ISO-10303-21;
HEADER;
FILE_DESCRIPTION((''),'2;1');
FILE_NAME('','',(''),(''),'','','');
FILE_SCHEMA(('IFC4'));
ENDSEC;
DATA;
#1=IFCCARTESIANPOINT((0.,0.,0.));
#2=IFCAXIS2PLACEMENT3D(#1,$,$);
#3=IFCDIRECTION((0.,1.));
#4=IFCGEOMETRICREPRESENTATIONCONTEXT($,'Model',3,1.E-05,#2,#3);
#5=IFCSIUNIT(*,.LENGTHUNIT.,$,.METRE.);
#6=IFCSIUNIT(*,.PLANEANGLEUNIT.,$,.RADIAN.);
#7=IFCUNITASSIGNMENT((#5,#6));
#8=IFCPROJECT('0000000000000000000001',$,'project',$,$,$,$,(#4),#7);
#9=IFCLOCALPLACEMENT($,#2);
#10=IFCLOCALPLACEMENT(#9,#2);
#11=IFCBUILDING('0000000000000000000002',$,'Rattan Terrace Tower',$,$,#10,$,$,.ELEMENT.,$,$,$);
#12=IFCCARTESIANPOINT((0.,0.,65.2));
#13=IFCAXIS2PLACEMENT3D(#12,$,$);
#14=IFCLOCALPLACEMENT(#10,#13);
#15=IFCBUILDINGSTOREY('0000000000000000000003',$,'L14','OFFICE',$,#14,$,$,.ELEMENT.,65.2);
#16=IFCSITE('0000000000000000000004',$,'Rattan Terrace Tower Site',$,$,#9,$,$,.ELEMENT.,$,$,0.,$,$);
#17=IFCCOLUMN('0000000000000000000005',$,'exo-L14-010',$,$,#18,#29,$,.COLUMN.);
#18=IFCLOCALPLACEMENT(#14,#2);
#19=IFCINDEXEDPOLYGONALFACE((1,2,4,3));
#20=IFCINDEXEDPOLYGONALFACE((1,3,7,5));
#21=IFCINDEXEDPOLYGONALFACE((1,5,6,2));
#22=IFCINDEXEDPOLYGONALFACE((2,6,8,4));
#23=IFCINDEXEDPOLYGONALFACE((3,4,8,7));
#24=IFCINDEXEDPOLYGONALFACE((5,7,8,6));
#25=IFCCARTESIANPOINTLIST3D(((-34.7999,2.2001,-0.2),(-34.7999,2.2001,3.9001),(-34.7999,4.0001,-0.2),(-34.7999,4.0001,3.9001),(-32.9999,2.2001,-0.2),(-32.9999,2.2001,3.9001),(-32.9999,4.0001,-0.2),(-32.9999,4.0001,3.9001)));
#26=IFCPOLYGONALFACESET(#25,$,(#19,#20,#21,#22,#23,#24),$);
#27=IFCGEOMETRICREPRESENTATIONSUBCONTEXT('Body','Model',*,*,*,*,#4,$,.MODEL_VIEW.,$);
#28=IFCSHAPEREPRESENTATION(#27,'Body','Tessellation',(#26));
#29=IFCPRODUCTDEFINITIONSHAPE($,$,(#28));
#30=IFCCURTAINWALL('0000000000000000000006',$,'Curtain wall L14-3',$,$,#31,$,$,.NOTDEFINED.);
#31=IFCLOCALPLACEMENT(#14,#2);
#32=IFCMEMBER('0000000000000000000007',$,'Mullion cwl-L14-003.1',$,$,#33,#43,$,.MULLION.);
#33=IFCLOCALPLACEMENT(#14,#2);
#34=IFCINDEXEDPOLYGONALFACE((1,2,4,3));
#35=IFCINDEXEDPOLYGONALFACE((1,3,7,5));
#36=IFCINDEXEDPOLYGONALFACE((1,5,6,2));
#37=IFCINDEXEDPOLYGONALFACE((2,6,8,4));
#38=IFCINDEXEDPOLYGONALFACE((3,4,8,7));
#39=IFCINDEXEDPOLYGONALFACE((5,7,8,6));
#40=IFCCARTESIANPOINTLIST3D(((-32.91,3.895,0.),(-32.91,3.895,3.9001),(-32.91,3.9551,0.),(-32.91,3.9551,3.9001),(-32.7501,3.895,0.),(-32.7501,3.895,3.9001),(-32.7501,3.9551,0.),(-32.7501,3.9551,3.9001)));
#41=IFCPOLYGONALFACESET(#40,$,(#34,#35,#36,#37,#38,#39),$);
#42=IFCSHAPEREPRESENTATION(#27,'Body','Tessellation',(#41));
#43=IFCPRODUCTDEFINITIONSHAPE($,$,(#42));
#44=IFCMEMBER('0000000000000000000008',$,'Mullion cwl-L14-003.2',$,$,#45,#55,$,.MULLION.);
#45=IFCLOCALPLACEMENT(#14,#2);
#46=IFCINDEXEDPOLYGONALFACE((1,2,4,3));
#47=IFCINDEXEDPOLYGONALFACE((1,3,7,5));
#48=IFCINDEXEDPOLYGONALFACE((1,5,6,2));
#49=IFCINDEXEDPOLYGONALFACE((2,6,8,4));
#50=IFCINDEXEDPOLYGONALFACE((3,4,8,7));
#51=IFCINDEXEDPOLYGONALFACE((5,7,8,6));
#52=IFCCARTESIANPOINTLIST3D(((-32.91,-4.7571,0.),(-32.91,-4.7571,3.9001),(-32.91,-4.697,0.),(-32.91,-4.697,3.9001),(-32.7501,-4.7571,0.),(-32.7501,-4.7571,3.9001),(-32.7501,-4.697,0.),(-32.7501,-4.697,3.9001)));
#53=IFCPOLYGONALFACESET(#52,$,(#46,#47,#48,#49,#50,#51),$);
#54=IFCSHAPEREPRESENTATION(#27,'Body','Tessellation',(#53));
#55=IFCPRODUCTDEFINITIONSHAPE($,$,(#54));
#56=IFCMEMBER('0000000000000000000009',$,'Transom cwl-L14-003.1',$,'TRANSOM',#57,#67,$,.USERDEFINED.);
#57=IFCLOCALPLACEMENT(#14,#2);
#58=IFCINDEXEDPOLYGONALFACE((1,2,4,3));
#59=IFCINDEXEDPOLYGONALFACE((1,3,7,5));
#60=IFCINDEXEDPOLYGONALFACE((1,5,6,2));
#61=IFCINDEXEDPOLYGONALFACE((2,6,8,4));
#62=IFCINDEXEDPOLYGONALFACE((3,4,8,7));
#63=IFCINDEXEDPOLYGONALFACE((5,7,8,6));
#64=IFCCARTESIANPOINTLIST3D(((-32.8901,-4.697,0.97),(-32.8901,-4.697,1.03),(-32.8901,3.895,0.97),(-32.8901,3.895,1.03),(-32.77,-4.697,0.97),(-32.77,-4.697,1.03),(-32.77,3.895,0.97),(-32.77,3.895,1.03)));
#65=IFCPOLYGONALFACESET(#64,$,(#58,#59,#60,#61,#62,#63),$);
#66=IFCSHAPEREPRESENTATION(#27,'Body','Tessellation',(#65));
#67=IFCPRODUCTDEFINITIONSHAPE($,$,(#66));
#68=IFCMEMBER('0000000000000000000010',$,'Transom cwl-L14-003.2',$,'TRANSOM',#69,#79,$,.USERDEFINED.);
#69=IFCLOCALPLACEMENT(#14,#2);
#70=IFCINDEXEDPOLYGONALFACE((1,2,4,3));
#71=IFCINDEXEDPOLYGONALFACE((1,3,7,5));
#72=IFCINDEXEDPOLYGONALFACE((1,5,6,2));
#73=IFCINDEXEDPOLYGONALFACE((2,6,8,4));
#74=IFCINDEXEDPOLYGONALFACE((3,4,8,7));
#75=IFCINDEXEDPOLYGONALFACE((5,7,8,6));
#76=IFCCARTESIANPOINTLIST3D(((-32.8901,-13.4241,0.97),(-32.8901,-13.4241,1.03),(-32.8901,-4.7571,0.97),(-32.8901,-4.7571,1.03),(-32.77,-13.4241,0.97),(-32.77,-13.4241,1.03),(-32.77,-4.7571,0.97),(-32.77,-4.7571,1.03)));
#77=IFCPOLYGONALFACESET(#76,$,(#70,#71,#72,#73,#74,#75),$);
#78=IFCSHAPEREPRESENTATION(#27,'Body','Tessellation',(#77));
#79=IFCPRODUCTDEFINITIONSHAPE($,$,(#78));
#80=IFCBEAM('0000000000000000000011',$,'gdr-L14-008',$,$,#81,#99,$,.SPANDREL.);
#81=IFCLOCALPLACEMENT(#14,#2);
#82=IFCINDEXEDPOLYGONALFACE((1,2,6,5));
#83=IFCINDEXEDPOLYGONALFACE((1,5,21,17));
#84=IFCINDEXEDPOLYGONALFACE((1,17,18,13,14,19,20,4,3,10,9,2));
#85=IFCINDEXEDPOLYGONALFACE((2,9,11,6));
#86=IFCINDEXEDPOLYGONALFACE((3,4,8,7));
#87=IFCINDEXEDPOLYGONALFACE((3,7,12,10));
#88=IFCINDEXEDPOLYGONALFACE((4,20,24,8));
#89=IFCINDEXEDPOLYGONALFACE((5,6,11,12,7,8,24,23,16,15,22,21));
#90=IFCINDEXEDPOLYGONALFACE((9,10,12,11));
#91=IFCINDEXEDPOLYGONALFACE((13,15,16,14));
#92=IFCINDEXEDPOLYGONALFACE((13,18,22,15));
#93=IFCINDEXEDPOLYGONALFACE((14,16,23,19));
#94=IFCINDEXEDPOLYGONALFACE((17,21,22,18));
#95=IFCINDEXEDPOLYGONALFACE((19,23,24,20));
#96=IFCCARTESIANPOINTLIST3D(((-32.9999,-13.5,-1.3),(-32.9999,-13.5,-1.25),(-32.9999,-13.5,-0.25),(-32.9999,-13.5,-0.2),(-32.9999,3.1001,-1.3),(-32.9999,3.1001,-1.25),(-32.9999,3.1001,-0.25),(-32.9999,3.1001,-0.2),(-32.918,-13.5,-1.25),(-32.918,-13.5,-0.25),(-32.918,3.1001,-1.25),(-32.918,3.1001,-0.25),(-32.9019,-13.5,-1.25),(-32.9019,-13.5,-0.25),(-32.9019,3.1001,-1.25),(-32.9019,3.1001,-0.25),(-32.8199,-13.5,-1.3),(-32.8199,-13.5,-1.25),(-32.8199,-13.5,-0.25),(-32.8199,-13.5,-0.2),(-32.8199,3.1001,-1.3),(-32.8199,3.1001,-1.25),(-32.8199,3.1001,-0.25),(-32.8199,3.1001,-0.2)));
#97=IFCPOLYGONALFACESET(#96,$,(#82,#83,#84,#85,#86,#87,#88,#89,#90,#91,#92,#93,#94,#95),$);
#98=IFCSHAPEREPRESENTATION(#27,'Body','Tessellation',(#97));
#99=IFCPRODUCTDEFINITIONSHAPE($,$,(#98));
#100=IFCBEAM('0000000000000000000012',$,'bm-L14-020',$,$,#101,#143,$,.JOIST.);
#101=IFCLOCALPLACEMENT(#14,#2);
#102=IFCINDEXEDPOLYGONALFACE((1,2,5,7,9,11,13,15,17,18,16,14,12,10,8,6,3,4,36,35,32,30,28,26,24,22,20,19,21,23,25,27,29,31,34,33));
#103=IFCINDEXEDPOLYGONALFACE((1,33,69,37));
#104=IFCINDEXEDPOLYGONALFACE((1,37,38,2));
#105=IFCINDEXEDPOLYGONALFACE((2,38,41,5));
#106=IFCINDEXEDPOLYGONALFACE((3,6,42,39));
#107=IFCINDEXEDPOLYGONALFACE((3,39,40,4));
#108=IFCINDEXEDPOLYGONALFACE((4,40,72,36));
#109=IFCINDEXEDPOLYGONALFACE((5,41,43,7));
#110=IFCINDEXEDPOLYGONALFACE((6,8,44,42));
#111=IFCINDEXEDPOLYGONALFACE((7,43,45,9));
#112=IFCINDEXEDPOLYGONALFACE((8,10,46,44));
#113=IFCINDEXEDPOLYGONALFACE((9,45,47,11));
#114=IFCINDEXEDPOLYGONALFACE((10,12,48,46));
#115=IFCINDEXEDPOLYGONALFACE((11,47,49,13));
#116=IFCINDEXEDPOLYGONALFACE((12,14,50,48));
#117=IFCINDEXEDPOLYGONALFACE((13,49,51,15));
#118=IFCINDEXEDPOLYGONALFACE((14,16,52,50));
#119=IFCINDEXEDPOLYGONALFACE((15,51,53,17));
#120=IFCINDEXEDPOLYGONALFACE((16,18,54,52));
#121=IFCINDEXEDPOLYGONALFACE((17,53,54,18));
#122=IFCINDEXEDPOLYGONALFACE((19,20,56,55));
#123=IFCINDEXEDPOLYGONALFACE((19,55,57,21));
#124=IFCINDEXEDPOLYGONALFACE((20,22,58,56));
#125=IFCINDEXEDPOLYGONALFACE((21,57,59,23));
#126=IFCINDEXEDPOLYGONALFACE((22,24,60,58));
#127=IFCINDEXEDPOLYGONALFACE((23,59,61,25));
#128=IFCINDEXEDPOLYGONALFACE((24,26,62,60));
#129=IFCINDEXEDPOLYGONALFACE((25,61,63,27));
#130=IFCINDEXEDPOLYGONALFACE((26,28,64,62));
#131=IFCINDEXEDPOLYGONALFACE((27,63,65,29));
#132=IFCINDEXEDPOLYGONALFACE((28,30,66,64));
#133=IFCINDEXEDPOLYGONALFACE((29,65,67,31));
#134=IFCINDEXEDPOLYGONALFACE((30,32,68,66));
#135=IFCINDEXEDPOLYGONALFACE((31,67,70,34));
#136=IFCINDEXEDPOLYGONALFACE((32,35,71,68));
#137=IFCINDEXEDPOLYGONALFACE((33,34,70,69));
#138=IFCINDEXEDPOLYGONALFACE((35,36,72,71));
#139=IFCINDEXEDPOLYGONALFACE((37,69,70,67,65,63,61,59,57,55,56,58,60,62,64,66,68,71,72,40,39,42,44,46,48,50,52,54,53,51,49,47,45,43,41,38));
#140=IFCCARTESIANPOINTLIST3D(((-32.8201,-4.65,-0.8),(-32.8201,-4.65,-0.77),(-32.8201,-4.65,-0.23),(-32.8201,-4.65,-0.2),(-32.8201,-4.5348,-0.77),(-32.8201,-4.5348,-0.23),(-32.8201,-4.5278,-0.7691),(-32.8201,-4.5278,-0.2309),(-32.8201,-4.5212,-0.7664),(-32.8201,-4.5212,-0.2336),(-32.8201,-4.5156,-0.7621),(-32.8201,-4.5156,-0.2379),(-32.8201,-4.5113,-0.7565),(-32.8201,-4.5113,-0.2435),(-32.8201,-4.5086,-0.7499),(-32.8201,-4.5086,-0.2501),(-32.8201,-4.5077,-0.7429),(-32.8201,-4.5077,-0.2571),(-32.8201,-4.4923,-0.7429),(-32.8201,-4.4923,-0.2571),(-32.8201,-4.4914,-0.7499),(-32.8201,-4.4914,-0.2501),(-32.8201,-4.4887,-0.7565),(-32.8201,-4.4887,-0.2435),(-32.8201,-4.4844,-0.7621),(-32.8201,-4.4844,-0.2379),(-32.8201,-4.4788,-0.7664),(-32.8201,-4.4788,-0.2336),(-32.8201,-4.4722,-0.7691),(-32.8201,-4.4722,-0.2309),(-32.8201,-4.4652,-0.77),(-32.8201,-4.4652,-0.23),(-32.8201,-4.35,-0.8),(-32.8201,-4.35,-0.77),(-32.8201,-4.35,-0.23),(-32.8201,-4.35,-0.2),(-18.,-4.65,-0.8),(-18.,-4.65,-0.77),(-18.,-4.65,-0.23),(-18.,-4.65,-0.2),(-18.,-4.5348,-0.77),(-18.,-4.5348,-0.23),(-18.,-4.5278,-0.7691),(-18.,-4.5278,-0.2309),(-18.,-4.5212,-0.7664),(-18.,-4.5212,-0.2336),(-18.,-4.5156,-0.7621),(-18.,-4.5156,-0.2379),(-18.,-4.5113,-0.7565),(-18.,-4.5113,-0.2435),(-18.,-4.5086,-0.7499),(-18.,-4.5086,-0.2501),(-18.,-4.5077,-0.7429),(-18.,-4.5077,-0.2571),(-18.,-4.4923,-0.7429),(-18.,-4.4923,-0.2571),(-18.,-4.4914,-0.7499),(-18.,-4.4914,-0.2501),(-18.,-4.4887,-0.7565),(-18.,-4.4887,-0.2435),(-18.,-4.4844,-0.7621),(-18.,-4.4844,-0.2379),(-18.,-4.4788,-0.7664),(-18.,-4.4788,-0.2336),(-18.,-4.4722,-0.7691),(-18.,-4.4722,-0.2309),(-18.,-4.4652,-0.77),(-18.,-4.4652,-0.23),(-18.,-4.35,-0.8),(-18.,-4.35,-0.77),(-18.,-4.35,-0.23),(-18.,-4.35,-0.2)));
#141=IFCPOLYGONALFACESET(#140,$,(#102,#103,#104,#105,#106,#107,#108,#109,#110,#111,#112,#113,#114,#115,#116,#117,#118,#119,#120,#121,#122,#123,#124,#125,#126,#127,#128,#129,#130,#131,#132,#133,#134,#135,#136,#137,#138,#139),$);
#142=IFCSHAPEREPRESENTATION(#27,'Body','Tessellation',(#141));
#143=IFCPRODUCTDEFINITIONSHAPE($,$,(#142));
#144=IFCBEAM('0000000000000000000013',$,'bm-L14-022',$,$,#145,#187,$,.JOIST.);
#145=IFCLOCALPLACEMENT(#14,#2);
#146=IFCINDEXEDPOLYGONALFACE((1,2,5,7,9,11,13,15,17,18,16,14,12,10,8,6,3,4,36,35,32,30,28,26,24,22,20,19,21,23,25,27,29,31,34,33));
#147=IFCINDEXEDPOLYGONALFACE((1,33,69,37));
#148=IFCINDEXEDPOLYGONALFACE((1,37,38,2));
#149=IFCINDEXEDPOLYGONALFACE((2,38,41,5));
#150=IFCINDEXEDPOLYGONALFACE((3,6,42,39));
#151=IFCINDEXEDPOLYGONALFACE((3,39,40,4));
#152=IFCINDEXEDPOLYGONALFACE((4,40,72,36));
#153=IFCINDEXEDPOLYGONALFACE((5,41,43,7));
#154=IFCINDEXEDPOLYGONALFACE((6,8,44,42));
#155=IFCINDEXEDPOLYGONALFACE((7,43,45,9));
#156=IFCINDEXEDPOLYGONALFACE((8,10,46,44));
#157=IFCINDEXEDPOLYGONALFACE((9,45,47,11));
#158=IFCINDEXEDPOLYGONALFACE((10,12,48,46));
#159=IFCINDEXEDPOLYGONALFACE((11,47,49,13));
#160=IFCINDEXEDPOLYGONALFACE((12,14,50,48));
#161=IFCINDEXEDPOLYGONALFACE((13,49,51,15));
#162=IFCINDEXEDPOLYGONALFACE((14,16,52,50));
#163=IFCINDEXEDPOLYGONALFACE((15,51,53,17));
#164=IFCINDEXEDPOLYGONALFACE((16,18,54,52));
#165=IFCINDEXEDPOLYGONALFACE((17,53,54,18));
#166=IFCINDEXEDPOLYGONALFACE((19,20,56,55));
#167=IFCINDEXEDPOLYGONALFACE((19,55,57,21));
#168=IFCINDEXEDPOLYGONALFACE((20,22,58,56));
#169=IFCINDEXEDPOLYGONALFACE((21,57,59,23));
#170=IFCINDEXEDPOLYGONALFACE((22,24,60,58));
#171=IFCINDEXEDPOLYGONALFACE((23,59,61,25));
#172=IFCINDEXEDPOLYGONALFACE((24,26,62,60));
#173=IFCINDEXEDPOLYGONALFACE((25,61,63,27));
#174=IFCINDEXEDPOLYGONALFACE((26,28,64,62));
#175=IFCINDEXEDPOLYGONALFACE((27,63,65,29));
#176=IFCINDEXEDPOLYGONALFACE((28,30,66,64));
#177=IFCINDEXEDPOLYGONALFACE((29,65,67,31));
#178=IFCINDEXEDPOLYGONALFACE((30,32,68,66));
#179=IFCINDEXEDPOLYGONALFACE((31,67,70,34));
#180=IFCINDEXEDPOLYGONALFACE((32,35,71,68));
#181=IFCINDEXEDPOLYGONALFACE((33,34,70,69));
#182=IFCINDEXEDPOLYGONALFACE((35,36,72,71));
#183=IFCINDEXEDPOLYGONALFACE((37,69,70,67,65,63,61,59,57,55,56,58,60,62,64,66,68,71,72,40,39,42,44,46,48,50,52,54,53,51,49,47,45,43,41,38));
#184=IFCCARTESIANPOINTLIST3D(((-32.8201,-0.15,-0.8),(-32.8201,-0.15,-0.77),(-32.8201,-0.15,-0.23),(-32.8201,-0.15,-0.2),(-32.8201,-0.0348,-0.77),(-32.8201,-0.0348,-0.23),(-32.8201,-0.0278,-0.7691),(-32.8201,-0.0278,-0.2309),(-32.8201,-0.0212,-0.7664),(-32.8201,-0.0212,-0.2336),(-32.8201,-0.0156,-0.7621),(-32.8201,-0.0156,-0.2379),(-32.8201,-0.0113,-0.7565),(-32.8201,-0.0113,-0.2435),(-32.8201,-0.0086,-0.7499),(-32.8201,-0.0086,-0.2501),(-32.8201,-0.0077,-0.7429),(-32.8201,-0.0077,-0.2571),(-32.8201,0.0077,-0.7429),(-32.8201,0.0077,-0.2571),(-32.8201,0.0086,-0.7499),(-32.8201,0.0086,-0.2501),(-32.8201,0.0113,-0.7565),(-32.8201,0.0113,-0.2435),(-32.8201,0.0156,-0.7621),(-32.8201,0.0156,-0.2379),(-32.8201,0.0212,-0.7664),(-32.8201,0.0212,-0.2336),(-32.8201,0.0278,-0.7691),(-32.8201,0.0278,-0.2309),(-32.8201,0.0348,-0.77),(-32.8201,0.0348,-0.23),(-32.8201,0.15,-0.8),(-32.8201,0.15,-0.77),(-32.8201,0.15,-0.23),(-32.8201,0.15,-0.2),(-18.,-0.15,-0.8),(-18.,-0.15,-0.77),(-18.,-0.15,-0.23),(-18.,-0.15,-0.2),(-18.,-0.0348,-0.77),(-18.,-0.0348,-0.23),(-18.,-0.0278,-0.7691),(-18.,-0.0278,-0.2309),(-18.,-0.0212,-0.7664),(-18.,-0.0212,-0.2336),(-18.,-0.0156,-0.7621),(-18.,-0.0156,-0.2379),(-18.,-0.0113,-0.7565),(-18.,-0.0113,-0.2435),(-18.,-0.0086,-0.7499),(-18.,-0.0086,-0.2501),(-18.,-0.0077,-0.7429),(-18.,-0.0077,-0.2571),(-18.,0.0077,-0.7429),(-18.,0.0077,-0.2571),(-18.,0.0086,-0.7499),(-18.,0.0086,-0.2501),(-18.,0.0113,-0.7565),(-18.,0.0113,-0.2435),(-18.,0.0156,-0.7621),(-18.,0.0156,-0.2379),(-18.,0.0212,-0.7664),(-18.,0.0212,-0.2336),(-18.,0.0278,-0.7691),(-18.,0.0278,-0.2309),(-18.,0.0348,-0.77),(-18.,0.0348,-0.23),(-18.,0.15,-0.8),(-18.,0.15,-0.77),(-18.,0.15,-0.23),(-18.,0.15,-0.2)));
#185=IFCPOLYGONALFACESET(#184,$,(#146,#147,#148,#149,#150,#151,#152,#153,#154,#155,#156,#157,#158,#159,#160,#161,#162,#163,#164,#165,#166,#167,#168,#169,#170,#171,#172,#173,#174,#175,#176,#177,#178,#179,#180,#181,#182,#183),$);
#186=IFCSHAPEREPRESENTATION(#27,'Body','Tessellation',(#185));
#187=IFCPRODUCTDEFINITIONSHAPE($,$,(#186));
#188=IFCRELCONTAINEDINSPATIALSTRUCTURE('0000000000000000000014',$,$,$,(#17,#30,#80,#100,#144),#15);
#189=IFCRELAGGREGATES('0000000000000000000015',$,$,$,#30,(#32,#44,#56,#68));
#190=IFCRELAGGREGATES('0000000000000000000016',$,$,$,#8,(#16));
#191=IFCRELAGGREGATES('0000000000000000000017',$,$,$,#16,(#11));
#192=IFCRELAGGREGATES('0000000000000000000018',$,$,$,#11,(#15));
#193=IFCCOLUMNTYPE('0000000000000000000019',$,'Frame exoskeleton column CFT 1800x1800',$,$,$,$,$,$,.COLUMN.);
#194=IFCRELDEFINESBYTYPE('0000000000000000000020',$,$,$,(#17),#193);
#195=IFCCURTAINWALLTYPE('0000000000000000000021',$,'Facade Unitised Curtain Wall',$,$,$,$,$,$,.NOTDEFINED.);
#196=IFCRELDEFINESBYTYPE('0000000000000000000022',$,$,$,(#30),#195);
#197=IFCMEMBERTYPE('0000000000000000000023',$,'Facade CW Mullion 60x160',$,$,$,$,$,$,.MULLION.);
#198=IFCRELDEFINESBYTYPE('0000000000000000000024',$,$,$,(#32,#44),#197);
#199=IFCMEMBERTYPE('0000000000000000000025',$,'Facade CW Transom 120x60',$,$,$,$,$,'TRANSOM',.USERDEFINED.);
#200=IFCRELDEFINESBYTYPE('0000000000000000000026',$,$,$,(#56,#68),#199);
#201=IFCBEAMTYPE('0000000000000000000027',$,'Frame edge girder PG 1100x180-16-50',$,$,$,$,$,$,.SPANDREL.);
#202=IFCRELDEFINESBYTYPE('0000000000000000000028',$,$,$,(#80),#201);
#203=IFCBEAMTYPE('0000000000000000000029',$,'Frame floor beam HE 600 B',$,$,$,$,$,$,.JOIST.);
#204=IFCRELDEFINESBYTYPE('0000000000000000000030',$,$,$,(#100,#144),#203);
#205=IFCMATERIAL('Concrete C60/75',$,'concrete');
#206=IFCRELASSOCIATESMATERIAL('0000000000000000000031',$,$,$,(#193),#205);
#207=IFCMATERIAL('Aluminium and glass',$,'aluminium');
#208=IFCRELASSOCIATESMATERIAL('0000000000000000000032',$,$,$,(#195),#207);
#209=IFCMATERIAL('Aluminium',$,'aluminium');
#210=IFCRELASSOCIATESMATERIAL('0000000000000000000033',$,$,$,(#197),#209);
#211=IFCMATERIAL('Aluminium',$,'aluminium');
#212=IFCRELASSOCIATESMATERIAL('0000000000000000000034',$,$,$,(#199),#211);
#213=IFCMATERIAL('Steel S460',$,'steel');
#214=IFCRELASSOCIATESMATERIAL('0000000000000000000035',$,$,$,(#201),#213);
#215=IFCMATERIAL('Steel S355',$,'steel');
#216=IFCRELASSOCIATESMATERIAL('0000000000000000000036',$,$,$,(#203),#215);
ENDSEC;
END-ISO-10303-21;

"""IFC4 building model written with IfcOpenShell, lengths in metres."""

from ifc_helpers import new_model, si_unit, direction, frame, origin, origin_2d, place, context, subcontext, project, spatial, rectangle, i_section, extrude, material, material_profile, profile_set, type_object, element, aggregate, save


model = new_model("IFC4")

# Units and contexts
model_context = context("Model", 3, precision=1e-05, world=origin(), true_north=direction((0.0, 1.0)))
body_context = subcontext(model_context, "Body", "Model", "MODEL_VIEW")
ifc_project = project(units=[si_unit("LENGTHUNIT", "METRE"), si_unit("PLANEANGLEUNIT", "RADIAN")], contexts=[model_context])

# Site, building, storey
site_placement = place(None, origin())
site = spatial("IfcSite", under=ifc_project, at=site_placement, Name="Rattan Terrace Tower Site", CompositionType="ELEMENT", RefElevation=0.0)
building_placement = place(site_placement, origin())
building = spatial("IfcBuilding", under=site, at=building_placement, Name="Rattan Terrace Tower", CompositionType="ELEMENT")
storey_placement = place(building_placement, frame((0.0, 0.0, 65.2)))
storey = spatial("IfcBuildingStorey", under=building, at=storey_placement, Name="L14", Description="OFFICE", CompositionType="ELEMENT", Elevation=65.2)

# Column
ifc_material_1 = material(Name="Concrete C60/75", Category="concrete")
ifc_material_profile_1 = material_profile(ifc_material_1, rectangle(XDim=1.8, YDim=1.8, at=origin_2d()), Name="CFT 1800x1800")
ifc_profile_set_1 = profile_set([ifc_material_profile_1], Name="Concrete C60/75")
column_type = type_object("IfcColumnType", Name="Frame exoskeleton column CFT 1800x1800", PredefinedType="COLUMN", material=ifc_profile_set_1)
column_placement = place(storey_placement, frame((-33.8999, 3.1001, -0.2), z_axis=(0.0, 0.0, 1.0), x_axis=(0.0, 1.0, 0.0)))
element("IfcColumn", 1, at=column_placement, inside=storey, type_object=column_type, Name="exo-L14-010", PredefinedType="COLUMN", context=body_context, shape_type="SweptSolid", body=[
    extrude(rectangle(XDim=1.8, YDim=1.8, at=origin_2d()), origin(), (0.0, 0.0, 1.0), 4.1001),
])

# Curtain wall, members
ifc_material_2 = material(Name="Aluminium and glass", Category="aluminium")
curtain_wall_type = type_object("IfcCurtainWallType", Name="Facade Unitised Curtain Wall", PredefinedType="NOTDEFINED", material=ifc_material_2)
curtain_wall_placement = place(storey_placement, origin())
curtain_wall = element("IfcCurtainWall", 2, at=curtain_wall_placement, inside=storey, type_object=curtain_wall_type, Name="Curtain wall L14-3", PredefinedType="NOTDEFINED")
ifc_material_3 = material(Name="Aluminium", Category="aluminium")
ifc_material_profile_2 = material_profile(ifc_material_3, rectangle(XDim=0.0601, YDim=0.1599, at=origin_2d()), Name="Aluminium 60x160")
ifc_profile_set_2 = profile_set([ifc_material_profile_2], Name="Aluminium")
member_type_1 = type_object("IfcMemberType", Name="Facade CW Mullion 60x160", PredefinedType="MULLION", material=ifc_profile_set_2)
member_1_placement = place(storey_placement, frame((-32.8301, 3.925, 0.0), z_axis=(0.0, 0.0, 1.0), x_axis=(0.0, -1.0, 0.0)))
member_1 = element("IfcMember", 3, at=member_1_placement, type_object=member_type_1, Name="Mullion cwl-L14-003.1", PredefinedType="MULLION", context=body_context, shape_type="SweptSolid", body=[
    extrude(rectangle(XDim=0.0601, YDim=0.1599, at=origin_2d()), origin(), (0.0, 0.0, 1.0), 3.9001),
])
member_2_placement = place(storey_placement, frame((-32.8301, -4.7271, 0.0), z_axis=(0.0, 0.0, 1.0), x_axis=(0.0, -1.0, 0.0)))
member_2 = element("IfcMember", 4, at=member_2_placement, type_object=member_type_1, Name="Mullion cwl-L14-003.2", PredefinedType="MULLION", context=body_context, shape_type="SweptSolid", body=[
    extrude(rectangle(XDim=0.0601, YDim=0.1599, at=origin_2d()), origin(), (0.0, 0.0, 1.0), 3.9001),
])
ifc_material_4 = material(Name="Aluminium", Category="aluminium")
ifc_material_profile_3 = material_profile(ifc_material_4, rectangle(XDim=0.1201, YDim=0.0601, at=origin_2d()), Name="Aluminium 120x60")
ifc_profile_set_3 = profile_set([ifc_material_profile_3], Name="Aluminium")
member_type_2 = type_object("IfcMemberType", Name="Facade CW Transom 120x60", ElementType="TRANSOM", PredefinedType="USERDEFINED", material=ifc_profile_set_3)
member_3_placement = place(storey_placement, frame((-32.8301, 3.895, 1.0), z_axis=(0.0, -1.0, 0.0), x_axis=(1.0, 0.0, 0.0)))
member_3 = element("IfcMember", 5, at=member_3_placement, type_object=member_type_2, Name="Transom cwl-L14-003.1", ObjectType="TRANSOM", PredefinedType="USERDEFINED", context=body_context, shape_type="SweptSolid", body=[
    extrude(rectangle(XDim=0.1201, YDim=0.0601, at=origin_2d()), origin(), (0.0, 0.0, 1.0), 8.592),
])
member_4_placement = place(storey_placement, frame((-32.8301, -4.7571, 1.0), z_axis=(0.0, -1.0, 0.0), x_axis=(1.0, 0.0, 0.0)))
member_4 = element("IfcMember", 6, at=member_4_placement, type_object=member_type_2, Name="Transom cwl-L14-003.2", ObjectType="TRANSOM", PredefinedType="USERDEFINED", context=body_context, shape_type="SweptSolid", body=[
    extrude(rectangle(XDim=0.1201, YDim=0.0601, at=origin_2d()), origin(), (0.0, 0.0, 1.0), 8.667),
])

# Beams
ifc_material_5 = material(Name="Steel S460", Category="steel")
ifc_material_profile_4 = material_profile(ifc_material_5, i_section(OverallWidth=0.1799, OverallDepth=1.1001, WebThickness=0.0161, FlangeThickness=0.05, at=origin_2d()), Name="PG 1100x180-16-50")
ifc_profile_set_4 = profile_set([ifc_material_profile_4], Name="Steel S460")
beam_type_1 = type_object("IfcBeamType", Name="Frame edge girder PG 1100x180-16-50", PredefinedType="SPANDREL", material=ifc_profile_set_4)
beam_placement = place(storey_placement, frame((-32.9099, 3.1001, -0.75), z_axis=(0.0, -1.0, 0.0), x_axis=(1.0, 0.0, 0.0)))
element("IfcBeam", 7, at=beam_placement, inside=storey, type_object=beam_type_1, Name="gdr-L14-008", PredefinedType="SPANDREL", context=body_context, shape_type="SweptSolid", body=[
    extrude(i_section(OverallWidth=0.1799, OverallDepth=1.1001, WebThickness=0.0161, FlangeThickness=0.05, at=origin_2d()), origin(), (0.0, 0.0, 1.0), 16.6001),
])
ifc_material_6 = material(Name="Steel S355", Category="steel")
ifc_material_profile_5 = material_profile(ifc_material_6, i_section(OverallWidth=0.3, OverallDepth=0.6001, WebThickness=0.0154, FlangeThickness=0.03, FilletRadius=0.0271, at=origin_2d()), Name="HE 600 B")
ifc_profile_set_5 = profile_set([ifc_material_profile_5], Name="Steel S355")
beam_type_2 = type_object("IfcBeamType", Name="Frame floor beam HE 600 B", PredefinedType="JOIST", material=ifc_profile_set_5)
for number, where, z_axis, x_axis, name in (
    (8, (-32.8201, -4.5, -0.5), (1.0, 0.0, 0.0), (0.0, 1.0, 0.0), "bm-L14-020"),
    (9, (-32.8201, 0.0, -0.5), (1.0, 0.0, 0.0), (0.0, 1.0, 0.0), "bm-L14-022"),
):
    element("IfcBeam", number, at=place(storey_placement, frame(where, z_axis=z_axis, x_axis=x_axis)), inside=storey, type_object=beam_type_2, Name=name, PredefinedType="JOIST", context=body_context, shape_type="SweptSolid", body=[
        extrude(i_section(OverallWidth=0.3, OverallDepth=0.6001, WebThickness=0.0154, FlangeThickness=0.03, FilletRadius=0.0271, at=origin_2d()), origin(), (0.0, 0.0, 1.0), 14.8201),
    ])

aggregate(curtain_wall, [member_1, member_2, member_3, member_4])

save(model, "model.ifc")
